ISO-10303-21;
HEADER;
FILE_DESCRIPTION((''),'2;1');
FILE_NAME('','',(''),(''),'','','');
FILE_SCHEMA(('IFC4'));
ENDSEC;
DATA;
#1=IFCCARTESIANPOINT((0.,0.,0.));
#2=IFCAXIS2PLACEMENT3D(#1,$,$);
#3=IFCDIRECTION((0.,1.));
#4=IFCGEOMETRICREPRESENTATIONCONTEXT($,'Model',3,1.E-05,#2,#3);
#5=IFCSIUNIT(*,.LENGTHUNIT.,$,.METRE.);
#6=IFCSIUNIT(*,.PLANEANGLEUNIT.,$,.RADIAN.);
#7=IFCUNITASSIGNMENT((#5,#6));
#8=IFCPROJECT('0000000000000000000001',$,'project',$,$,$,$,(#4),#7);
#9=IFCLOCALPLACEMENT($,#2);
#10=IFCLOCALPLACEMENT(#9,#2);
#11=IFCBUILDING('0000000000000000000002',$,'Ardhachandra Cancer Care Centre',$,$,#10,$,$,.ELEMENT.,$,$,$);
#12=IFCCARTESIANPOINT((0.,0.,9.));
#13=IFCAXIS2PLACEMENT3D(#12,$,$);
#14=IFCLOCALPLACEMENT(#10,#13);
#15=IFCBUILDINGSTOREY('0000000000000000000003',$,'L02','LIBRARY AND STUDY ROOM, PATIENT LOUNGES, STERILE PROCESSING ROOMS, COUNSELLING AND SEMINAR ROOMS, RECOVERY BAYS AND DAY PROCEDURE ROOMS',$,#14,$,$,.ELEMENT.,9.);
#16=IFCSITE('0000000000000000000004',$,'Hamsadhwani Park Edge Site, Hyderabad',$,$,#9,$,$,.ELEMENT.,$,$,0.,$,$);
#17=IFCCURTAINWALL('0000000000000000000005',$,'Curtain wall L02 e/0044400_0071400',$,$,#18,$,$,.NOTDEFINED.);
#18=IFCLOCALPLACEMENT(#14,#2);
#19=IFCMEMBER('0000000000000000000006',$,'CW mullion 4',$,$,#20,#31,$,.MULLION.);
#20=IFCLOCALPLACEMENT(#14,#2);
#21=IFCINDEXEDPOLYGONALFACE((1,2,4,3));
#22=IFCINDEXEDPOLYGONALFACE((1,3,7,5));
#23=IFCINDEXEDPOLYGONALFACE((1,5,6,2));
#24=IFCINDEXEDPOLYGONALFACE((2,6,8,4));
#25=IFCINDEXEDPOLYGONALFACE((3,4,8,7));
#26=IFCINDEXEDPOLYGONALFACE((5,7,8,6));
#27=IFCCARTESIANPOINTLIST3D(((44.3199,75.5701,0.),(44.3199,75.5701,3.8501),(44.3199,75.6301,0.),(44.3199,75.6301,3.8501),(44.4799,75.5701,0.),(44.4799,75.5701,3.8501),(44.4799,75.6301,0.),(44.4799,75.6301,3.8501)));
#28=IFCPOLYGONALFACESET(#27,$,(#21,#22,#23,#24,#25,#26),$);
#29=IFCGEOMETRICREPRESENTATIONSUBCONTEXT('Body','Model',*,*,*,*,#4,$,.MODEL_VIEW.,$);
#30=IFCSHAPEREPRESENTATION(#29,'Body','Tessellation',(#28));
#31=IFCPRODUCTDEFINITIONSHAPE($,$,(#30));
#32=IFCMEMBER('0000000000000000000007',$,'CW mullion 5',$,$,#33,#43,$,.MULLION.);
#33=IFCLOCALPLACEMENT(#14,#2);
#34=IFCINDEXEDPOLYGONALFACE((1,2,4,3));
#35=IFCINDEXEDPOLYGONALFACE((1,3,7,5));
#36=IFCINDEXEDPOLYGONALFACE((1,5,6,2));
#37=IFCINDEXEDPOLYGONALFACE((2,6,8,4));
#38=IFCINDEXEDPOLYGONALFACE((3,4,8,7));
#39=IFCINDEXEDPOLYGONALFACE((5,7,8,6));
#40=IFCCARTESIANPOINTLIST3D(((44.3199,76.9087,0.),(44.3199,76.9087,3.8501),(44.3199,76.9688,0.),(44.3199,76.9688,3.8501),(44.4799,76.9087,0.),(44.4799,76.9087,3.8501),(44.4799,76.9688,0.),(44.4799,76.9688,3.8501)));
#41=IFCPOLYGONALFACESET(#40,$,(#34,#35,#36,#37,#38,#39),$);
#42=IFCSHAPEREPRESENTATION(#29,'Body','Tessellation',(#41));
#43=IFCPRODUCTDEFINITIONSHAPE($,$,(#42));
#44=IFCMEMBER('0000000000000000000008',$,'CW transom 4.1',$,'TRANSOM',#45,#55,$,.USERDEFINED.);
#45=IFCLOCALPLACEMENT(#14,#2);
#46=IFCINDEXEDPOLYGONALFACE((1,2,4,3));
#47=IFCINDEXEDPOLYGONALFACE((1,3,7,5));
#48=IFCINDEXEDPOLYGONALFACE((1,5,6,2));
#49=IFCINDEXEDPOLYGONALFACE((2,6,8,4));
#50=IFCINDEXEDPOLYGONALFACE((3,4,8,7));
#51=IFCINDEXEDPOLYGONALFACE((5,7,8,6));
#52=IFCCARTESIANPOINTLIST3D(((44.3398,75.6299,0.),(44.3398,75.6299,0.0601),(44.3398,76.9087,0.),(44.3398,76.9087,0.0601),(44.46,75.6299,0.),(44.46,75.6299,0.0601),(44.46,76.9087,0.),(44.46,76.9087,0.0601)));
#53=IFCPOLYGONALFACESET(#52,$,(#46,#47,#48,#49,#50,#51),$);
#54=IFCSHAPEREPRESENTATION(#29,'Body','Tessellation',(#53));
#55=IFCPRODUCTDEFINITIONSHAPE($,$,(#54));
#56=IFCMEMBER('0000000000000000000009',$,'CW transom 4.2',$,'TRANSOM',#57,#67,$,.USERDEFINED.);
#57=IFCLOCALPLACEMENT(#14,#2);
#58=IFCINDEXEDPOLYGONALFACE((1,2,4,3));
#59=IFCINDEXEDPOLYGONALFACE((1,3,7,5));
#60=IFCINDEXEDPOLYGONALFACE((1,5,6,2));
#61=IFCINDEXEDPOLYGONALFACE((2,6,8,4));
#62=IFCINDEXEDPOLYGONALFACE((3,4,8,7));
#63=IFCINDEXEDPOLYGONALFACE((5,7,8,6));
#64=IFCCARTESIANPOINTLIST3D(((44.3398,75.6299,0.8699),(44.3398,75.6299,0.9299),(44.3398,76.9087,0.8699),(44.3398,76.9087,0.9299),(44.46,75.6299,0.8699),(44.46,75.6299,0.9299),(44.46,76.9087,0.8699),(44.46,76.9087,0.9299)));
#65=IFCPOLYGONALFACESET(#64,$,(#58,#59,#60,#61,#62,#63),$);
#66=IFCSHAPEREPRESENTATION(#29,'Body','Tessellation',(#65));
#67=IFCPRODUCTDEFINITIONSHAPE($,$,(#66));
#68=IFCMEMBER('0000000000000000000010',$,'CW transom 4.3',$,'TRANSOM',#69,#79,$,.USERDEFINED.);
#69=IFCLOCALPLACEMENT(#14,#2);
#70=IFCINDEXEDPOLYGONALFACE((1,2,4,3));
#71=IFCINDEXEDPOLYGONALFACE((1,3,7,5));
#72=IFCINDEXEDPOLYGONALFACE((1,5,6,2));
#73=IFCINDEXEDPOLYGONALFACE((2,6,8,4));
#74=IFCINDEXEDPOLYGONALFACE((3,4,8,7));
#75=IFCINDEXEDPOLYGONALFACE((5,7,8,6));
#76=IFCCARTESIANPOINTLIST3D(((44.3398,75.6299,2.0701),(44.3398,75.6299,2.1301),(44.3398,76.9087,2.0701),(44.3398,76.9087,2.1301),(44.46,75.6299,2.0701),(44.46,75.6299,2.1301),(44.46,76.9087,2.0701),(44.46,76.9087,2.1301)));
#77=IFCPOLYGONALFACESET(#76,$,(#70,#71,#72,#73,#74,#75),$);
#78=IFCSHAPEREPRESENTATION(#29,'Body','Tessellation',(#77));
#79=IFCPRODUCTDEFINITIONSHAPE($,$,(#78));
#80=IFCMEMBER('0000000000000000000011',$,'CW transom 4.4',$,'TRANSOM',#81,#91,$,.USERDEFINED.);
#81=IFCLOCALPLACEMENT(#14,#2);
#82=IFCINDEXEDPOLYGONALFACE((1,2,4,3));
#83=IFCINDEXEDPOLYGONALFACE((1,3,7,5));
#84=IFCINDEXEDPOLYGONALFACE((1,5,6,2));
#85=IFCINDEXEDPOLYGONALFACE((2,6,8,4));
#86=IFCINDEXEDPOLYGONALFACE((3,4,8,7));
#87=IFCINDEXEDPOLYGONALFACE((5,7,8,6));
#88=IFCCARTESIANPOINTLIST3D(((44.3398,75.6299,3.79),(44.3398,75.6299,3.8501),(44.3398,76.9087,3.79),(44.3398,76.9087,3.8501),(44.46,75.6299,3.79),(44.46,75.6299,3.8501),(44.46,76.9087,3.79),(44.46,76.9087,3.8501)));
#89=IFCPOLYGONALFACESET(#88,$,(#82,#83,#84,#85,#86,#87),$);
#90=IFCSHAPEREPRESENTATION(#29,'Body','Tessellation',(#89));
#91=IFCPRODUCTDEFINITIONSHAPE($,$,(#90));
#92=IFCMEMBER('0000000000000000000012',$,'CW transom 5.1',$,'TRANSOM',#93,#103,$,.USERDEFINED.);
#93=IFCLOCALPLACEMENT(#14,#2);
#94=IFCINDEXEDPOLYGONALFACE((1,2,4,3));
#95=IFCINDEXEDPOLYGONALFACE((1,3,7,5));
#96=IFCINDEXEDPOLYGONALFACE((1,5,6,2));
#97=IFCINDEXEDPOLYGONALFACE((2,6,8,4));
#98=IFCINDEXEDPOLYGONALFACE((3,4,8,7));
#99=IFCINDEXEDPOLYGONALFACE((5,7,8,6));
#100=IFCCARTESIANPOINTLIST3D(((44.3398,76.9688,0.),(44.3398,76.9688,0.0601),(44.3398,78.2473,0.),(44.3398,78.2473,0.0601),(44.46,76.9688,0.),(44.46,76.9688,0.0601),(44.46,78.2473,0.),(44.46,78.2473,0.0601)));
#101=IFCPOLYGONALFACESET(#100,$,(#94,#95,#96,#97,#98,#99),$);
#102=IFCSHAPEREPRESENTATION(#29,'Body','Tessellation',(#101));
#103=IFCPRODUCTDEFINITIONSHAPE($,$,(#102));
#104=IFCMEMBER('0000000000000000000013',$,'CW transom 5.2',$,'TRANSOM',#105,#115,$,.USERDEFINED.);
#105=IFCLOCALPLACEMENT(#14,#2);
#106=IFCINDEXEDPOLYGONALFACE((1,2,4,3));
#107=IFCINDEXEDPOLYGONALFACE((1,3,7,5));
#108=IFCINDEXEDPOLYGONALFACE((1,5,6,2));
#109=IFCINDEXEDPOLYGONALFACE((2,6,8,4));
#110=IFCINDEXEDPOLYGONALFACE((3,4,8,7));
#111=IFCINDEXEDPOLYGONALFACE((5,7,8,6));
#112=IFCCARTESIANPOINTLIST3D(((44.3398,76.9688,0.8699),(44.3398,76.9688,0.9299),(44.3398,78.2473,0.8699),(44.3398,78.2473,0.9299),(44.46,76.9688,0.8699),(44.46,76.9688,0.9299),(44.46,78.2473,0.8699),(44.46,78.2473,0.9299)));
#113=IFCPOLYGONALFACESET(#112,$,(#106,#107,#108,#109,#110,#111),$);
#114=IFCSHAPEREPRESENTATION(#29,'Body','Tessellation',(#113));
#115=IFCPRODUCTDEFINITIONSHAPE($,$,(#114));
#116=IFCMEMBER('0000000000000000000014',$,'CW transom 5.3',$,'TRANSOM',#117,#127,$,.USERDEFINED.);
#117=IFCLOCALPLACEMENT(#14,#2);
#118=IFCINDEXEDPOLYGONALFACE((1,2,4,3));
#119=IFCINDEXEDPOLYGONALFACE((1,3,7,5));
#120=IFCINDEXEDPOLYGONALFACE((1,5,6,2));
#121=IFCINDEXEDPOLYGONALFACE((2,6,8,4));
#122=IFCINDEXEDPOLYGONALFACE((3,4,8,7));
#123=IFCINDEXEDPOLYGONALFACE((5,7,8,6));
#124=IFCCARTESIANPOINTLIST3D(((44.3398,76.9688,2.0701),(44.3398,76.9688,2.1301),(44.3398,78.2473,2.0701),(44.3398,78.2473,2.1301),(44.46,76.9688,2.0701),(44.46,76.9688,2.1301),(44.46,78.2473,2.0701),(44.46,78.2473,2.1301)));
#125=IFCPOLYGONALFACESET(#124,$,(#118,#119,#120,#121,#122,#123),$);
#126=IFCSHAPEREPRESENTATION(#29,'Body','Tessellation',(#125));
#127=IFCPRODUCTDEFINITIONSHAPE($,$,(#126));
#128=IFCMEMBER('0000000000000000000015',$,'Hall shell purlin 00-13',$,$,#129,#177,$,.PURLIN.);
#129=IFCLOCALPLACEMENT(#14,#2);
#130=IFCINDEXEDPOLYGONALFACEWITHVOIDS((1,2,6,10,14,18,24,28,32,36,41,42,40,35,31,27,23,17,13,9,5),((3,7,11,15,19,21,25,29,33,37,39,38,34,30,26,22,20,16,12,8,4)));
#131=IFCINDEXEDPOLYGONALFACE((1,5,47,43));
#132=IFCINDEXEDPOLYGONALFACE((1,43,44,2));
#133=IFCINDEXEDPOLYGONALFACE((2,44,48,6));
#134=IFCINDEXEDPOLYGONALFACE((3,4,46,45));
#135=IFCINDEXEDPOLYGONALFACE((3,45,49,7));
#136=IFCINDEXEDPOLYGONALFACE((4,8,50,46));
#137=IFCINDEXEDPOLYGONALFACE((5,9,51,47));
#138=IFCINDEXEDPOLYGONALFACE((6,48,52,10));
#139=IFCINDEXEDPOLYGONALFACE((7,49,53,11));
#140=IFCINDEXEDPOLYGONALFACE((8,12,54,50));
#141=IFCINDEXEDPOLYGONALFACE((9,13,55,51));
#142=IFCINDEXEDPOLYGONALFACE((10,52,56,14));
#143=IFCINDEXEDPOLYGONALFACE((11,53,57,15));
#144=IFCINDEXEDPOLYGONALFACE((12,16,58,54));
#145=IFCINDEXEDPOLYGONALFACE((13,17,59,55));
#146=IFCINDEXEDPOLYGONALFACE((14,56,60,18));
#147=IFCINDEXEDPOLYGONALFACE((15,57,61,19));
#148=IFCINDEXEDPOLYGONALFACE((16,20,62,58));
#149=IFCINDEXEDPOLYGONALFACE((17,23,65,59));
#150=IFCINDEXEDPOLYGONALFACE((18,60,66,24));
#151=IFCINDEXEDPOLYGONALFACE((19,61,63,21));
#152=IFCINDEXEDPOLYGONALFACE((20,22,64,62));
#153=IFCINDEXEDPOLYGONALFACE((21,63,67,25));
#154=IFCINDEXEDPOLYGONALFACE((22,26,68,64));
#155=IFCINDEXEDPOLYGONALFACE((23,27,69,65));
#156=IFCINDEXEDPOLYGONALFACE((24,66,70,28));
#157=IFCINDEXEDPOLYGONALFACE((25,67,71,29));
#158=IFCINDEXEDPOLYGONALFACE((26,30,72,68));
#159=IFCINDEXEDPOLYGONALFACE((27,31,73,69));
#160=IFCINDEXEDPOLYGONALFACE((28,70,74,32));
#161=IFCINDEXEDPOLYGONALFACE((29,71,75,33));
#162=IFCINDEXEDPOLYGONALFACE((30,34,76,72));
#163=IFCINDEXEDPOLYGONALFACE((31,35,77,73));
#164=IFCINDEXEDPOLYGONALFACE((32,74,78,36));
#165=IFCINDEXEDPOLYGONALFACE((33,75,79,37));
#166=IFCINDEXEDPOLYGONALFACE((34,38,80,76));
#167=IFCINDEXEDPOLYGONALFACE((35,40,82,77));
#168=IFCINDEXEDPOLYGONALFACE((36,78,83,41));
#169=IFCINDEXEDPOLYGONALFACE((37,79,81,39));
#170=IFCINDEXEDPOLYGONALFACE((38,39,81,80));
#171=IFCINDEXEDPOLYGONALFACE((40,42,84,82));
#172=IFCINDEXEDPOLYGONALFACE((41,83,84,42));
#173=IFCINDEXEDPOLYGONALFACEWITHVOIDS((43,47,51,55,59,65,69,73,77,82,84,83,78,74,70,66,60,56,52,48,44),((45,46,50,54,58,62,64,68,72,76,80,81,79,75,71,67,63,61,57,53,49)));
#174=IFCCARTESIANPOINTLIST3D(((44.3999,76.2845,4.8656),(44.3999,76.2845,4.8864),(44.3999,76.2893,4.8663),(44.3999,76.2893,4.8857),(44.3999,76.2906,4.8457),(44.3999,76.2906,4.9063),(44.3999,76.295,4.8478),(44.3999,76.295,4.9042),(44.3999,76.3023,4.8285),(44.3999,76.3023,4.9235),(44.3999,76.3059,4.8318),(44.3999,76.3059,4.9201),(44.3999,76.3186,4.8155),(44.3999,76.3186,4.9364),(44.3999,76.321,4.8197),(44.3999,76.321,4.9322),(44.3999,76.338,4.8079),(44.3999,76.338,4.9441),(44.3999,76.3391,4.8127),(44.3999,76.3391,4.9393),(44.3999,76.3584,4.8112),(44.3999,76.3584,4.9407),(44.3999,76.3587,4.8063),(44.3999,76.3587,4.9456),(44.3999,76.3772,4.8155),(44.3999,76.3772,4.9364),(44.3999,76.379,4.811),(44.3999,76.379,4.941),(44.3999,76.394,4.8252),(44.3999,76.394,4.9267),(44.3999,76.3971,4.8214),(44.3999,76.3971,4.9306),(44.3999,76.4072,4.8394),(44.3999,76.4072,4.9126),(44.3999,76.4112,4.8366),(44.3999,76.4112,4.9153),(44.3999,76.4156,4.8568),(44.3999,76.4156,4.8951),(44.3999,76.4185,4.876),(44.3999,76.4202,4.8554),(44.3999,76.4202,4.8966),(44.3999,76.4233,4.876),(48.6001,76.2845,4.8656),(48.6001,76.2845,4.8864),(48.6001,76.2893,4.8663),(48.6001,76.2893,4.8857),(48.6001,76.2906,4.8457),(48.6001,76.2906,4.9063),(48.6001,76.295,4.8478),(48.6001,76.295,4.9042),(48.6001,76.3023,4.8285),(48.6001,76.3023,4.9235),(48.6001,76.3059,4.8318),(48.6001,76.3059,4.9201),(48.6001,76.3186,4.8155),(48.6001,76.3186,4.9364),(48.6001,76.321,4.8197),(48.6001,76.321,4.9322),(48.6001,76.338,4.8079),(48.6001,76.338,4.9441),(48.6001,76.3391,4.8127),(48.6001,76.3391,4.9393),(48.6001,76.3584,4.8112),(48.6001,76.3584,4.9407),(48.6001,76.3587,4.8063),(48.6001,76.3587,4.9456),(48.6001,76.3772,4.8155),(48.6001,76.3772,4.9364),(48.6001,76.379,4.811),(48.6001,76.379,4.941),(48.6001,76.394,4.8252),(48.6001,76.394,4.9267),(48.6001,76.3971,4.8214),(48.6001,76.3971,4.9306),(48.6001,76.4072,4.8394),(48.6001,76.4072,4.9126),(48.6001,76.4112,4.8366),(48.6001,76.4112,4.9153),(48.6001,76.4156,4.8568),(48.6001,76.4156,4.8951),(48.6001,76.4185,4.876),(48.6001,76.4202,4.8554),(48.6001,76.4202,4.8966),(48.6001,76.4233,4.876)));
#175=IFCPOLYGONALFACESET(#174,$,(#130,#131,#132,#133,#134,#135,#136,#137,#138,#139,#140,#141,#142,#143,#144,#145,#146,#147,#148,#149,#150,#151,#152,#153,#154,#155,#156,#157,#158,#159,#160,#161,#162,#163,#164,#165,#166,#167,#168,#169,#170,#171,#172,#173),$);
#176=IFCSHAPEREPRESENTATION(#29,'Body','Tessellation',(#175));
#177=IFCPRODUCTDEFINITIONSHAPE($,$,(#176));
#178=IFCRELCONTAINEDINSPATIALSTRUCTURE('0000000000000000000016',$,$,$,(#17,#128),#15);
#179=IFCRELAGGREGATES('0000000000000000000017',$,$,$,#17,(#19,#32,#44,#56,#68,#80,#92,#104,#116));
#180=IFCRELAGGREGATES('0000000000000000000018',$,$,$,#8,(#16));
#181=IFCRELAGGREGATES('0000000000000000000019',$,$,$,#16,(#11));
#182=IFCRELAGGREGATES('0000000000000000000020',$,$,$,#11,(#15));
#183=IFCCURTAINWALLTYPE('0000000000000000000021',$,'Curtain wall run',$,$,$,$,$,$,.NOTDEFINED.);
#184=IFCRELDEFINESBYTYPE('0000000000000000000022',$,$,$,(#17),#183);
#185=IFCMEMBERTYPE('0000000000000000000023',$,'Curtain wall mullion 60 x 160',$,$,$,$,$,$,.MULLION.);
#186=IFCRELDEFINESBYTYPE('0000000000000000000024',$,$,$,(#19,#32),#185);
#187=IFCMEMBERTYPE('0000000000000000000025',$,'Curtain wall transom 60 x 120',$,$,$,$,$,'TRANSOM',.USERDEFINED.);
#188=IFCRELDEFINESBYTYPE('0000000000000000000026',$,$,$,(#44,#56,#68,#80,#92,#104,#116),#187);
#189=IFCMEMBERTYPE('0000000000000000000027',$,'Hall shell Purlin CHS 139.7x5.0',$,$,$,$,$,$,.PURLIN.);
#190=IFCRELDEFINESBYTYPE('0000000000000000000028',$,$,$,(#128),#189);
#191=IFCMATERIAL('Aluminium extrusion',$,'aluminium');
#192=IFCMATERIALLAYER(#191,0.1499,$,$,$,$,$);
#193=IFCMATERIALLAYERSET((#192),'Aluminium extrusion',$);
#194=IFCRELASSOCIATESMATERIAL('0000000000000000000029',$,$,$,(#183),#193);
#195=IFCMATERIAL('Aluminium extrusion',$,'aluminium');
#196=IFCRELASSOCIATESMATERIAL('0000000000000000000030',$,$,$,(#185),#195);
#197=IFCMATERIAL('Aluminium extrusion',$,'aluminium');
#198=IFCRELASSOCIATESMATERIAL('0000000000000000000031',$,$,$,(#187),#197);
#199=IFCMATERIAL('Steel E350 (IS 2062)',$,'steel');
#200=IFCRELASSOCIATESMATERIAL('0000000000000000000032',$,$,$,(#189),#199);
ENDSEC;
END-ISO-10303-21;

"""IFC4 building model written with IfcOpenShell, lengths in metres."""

from ifc_helpers import new_model, si_unit, direction, frame, origin, origin_2d, place, context, subcontext, project, spatial, rectangle, hollow_circle, extrude, material, layer, layer_set, material_profile, profile_set, type_object, element, aggregate, save


model = new_model("IFC4")

# Units and contexts
model_context = context("Model", 3, precision=1e-05, world=origin(), true_north=direction((0.0, 1.0)))
body_context = subcontext(model_context, "Body", "Model", "MODEL_VIEW")
ifc_project = project(units=[si_unit("LENGTHUNIT", "METRE"), si_unit("PLANEANGLEUNIT", "RADIAN")], contexts=[model_context])

# Site, building, storey
site_placement = place(None, origin())
site = spatial("IfcSite", under=ifc_project, at=site_placement, Name="Hamsadhwani Park Edge Site, Hyderabad", CompositionType="ELEMENT", RefElevation=0.0)
building_placement = place(site_placement, origin())
building = spatial("IfcBuilding", under=site, at=building_placement, Name="Ardhachandra Cancer Care Centre", CompositionType="ELEMENT")
storey_placement = place(building_placement, frame((0.0, 0.0, 9.0)))
storey = spatial("IfcBuildingStorey", under=building, at=storey_placement, Name="L02", Description="LIBRARY AND STUDY ROOM, PATIENT LOUNGES, STERILE PROCESSING ROOMS, COUNSELLING AND SEMINAR ROOMS, RECOVERY BAYS AND DAY PROCEDURE ROOMS", CompositionType="ELEMENT", Elevation=9.0)

# Curtain wall, members
ifc_material_1 = material(Name="Aluminium extrusion", Category="aluminium")
ifc_layer_1 = layer(ifc_material_1, 0.1499)
ifc_layer_set_1 = layer_set([ifc_layer_1], Name="Aluminium extrusion")
curtain_wall_type = type_object("IfcCurtainWallType", Name="Curtain wall run", PredefinedType="NOTDEFINED", material=ifc_layer_set_1)
curtain_wall_placement = place(storey_placement, origin())
curtain_wall = element("IfcCurtainWall", 1, at=curtain_wall_placement, inside=storey, type_object=curtain_wall_type, Name="Curtain wall L02 e/0044400_0071400", PredefinedType="NOTDEFINED")
ifc_material_2 = material(Name="Aluminium extrusion", Category="aluminium")
ifc_material_profile_1 = material_profile(ifc_material_2, rectangle(XDim=0.1599, YDim=0.0601, at=origin_2d()), Name="Curtain wall mullion 60 x 160")
ifc_profile_set_1 = profile_set([ifc_material_profile_1], Name="Aluminium extrusion")
member_type_1 = type_object("IfcMemberType", Name="Curtain wall mullion 60 x 160", PredefinedType="MULLION", material=ifc_profile_set_1)
member_1_placement = place(storey_placement, frame((44.3999, 75.6001, 0.0), z_axis=(0.0, 0.0, 1.0), x_axis=(-1.0, 0.0, 0.0)))
member_1 = element("IfcMember", 2, at=member_1_placement, type_object=member_type_1, Name="CW mullion 4", PredefinedType="MULLION", context=body_context, shape_type="SweptSolid", body=[
    extrude(rectangle(XDim=0.1599, YDim=0.0601, at=origin_2d()), origin(), (0.0, 0.0, 1.0), 3.8501),
])
member_2_placement = place(storey_placement, frame((44.3999, 76.9387, 0.0), z_axis=(0.0, 0.0, 1.0), x_axis=(-1.0, 0.0, 0.0)))
member_2 = element("IfcMember", 3, at=member_2_placement, type_object=member_type_1, Name="CW mullion 5", PredefinedType="MULLION", context=body_context, shape_type="SweptSolid", body=[
    extrude(rectangle(XDim=0.1599, YDim=0.0601, at=origin_2d()), origin(), (0.0, 0.0, 1.0), 3.8501),
])
ifc_material_3 = material(Name="Aluminium extrusion", Category="aluminium")
ifc_material_profile_2 = material_profile(ifc_material_3, rectangle(XDim=0.1201, YDim=0.0601, at=origin_2d()), Name="Curtain wall transom 60 x 120")
ifc_profile_set_2 = profile_set([ifc_material_profile_2], Name="Aluminium extrusion")
member_type_2 = type_object("IfcMemberType", Name="Curtain wall transom 60 x 120", ElementType="TRANSOM", PredefinedType="USERDEFINED", material=ifc_profile_set_2)
member_3_placement = place(storey_placement, frame((44.3999, 75.6299, 0.03), z_axis=(0.0, 1.0, 0.0), x_axis=(-1.0, 0.0, 0.0)))
member_3 = element("IfcMember", 4, at=member_3_placement, type_object=member_type_2, Name="CW transom 4.1", ObjectType="TRANSOM", PredefinedType="USERDEFINED", context=body_context, shape_type="SweptSolid", body=[
    extrude(rectangle(XDim=0.1201, YDim=0.0601, at=origin_2d()), origin(), (0.0, 0.0, 1.0), 1.2788),
])
member_4_placement = place(storey_placement, frame((44.3999, 75.6299, 0.8999), z_axis=(0.0, 1.0, 0.0), x_axis=(-1.0, 0.0, 0.0)))
member_4 = element("IfcMember", 5, at=member_4_placement, type_object=member_type_2, Name="CW transom 4.2", ObjectType="TRANSOM", PredefinedType="USERDEFINED", context=body_context, shape_type="SweptSolid", body=[
    extrude(rectangle(XDim=0.1201, YDim=0.0601, at=origin_2d()), origin(), (0.0, 0.0, 1.0), 1.2788),
])
member_5_placement = place(storey_placement, frame((44.3999, 75.6299, 2.1001), z_axis=(0.0, 1.0, 0.0), x_axis=(-1.0, 0.0, 0.0)))
member_5 = element("IfcMember", 6, at=member_5_placement, type_object=member_type_2, Name="CW transom 4.3", ObjectType="TRANSOM", PredefinedType="USERDEFINED", context=body_context, shape_type="SweptSolid", body=[
    extrude(rectangle(XDim=0.1201, YDim=0.0601, at=origin_2d()), origin(), (0.0, 0.0, 1.0), 1.2788),
])
member_6_placement = place(storey_placement, frame((44.3999, 75.6299, 3.8201), z_axis=(0.0, 1.0, 0.0), x_axis=(-1.0, 0.0, 0.0)))
member_6 = element("IfcMember", 7, at=member_6_placement, type_object=member_type_2, Name="CW transom 4.4", ObjectType="TRANSOM", PredefinedType="USERDEFINED", context=body_context, shape_type="SweptSolid", body=[
    extrude(rectangle(XDim=0.1201, YDim=0.0601, at=origin_2d()), origin(), (0.0, 0.0, 1.0), 1.2788),
])
member_7_placement = place(storey_placement, frame((44.3999, 76.9688, 0.03), z_axis=(0.0, 1.0, 0.0), x_axis=(-1.0, 0.0, 0.0)))
member_7 = element("IfcMember", 8, at=member_7_placement, type_object=member_type_2, Name="CW transom 5.1", ObjectType="TRANSOM", PredefinedType="USERDEFINED", context=body_context, shape_type="SweptSolid", body=[
    extrude(rectangle(XDim=0.1201, YDim=0.0601, at=origin_2d()), origin(), (0.0, 0.0, 1.0), 1.2786),
])
member_8_placement = place(storey_placement, frame((44.3999, 76.9688, 0.8999), z_axis=(0.0, 1.0, 0.0), x_axis=(-1.0, 0.0, 0.0)))
member_8 = element("IfcMember", 9, at=member_8_placement, type_object=member_type_2, Name="CW transom 5.2", ObjectType="TRANSOM", PredefinedType="USERDEFINED", context=body_context, shape_type="SweptSolid", body=[
    extrude(rectangle(XDim=0.1201, YDim=0.0601, at=origin_2d()), origin(), (0.0, 0.0, 1.0), 1.2786),
])
member_9_placement = place(storey_placement, frame((44.3999, 76.9688, 2.1001), z_axis=(0.0, 1.0, 0.0), x_axis=(-1.0, 0.0, 0.0)))
member_9 = element("IfcMember", 10, at=member_9_placement, type_object=member_type_2, Name="CW transom 5.3", ObjectType="TRANSOM", PredefinedType="USERDEFINED", context=body_context, shape_type="SweptSolid", body=[
    extrude(rectangle(XDim=0.1201, YDim=0.0601, at=origin_2d()), origin(), (0.0, 0.0, 1.0), 1.2786),
])

# Member
ifc_material_4 = material(Name="Steel E350 (IS 2062)", Category="steel")
ifc_material_profile_3 = material_profile(ifc_material_4, hollow_circle(Radius=0.0698, WallThickness=0.0049, at=origin_2d()), Name="CHS 139.7x5.0")
ifc_profile_set_3 = profile_set([ifc_material_profile_3], Name="Steel E350 (IS 2062)")
member_type_3 = type_object("IfcMemberType", Name="Hall shell Purlin CHS 139.7x5.0", PredefinedType="PURLIN", material=ifc_profile_set_3)
member_10_placement = place(storey_placement, frame((44.3999, 76.3535, 4.876), z_axis=(1.0, 0.0, 0.0), x_axis=(0.0, 1.0, 0.0)))
element("IfcMember", 11, at=member_10_placement, inside=storey, type_object=member_type_3, Name="Hall shell purlin 00-13", PredefinedType="PURLIN", context=body_context, shape_type="SweptSolid", body=[
    extrude(hollow_circle(Radius=0.0698, WallThickness=0.0049, at=origin_2d()), origin(), (0.0, 0.0, 1.0), 4.2002),
])

aggregate(curtain_wall, [member_1, member_2, member_3, member_4, member_5, member_6, member_7, member_8, member_9])

save(model, "model.ifc")
